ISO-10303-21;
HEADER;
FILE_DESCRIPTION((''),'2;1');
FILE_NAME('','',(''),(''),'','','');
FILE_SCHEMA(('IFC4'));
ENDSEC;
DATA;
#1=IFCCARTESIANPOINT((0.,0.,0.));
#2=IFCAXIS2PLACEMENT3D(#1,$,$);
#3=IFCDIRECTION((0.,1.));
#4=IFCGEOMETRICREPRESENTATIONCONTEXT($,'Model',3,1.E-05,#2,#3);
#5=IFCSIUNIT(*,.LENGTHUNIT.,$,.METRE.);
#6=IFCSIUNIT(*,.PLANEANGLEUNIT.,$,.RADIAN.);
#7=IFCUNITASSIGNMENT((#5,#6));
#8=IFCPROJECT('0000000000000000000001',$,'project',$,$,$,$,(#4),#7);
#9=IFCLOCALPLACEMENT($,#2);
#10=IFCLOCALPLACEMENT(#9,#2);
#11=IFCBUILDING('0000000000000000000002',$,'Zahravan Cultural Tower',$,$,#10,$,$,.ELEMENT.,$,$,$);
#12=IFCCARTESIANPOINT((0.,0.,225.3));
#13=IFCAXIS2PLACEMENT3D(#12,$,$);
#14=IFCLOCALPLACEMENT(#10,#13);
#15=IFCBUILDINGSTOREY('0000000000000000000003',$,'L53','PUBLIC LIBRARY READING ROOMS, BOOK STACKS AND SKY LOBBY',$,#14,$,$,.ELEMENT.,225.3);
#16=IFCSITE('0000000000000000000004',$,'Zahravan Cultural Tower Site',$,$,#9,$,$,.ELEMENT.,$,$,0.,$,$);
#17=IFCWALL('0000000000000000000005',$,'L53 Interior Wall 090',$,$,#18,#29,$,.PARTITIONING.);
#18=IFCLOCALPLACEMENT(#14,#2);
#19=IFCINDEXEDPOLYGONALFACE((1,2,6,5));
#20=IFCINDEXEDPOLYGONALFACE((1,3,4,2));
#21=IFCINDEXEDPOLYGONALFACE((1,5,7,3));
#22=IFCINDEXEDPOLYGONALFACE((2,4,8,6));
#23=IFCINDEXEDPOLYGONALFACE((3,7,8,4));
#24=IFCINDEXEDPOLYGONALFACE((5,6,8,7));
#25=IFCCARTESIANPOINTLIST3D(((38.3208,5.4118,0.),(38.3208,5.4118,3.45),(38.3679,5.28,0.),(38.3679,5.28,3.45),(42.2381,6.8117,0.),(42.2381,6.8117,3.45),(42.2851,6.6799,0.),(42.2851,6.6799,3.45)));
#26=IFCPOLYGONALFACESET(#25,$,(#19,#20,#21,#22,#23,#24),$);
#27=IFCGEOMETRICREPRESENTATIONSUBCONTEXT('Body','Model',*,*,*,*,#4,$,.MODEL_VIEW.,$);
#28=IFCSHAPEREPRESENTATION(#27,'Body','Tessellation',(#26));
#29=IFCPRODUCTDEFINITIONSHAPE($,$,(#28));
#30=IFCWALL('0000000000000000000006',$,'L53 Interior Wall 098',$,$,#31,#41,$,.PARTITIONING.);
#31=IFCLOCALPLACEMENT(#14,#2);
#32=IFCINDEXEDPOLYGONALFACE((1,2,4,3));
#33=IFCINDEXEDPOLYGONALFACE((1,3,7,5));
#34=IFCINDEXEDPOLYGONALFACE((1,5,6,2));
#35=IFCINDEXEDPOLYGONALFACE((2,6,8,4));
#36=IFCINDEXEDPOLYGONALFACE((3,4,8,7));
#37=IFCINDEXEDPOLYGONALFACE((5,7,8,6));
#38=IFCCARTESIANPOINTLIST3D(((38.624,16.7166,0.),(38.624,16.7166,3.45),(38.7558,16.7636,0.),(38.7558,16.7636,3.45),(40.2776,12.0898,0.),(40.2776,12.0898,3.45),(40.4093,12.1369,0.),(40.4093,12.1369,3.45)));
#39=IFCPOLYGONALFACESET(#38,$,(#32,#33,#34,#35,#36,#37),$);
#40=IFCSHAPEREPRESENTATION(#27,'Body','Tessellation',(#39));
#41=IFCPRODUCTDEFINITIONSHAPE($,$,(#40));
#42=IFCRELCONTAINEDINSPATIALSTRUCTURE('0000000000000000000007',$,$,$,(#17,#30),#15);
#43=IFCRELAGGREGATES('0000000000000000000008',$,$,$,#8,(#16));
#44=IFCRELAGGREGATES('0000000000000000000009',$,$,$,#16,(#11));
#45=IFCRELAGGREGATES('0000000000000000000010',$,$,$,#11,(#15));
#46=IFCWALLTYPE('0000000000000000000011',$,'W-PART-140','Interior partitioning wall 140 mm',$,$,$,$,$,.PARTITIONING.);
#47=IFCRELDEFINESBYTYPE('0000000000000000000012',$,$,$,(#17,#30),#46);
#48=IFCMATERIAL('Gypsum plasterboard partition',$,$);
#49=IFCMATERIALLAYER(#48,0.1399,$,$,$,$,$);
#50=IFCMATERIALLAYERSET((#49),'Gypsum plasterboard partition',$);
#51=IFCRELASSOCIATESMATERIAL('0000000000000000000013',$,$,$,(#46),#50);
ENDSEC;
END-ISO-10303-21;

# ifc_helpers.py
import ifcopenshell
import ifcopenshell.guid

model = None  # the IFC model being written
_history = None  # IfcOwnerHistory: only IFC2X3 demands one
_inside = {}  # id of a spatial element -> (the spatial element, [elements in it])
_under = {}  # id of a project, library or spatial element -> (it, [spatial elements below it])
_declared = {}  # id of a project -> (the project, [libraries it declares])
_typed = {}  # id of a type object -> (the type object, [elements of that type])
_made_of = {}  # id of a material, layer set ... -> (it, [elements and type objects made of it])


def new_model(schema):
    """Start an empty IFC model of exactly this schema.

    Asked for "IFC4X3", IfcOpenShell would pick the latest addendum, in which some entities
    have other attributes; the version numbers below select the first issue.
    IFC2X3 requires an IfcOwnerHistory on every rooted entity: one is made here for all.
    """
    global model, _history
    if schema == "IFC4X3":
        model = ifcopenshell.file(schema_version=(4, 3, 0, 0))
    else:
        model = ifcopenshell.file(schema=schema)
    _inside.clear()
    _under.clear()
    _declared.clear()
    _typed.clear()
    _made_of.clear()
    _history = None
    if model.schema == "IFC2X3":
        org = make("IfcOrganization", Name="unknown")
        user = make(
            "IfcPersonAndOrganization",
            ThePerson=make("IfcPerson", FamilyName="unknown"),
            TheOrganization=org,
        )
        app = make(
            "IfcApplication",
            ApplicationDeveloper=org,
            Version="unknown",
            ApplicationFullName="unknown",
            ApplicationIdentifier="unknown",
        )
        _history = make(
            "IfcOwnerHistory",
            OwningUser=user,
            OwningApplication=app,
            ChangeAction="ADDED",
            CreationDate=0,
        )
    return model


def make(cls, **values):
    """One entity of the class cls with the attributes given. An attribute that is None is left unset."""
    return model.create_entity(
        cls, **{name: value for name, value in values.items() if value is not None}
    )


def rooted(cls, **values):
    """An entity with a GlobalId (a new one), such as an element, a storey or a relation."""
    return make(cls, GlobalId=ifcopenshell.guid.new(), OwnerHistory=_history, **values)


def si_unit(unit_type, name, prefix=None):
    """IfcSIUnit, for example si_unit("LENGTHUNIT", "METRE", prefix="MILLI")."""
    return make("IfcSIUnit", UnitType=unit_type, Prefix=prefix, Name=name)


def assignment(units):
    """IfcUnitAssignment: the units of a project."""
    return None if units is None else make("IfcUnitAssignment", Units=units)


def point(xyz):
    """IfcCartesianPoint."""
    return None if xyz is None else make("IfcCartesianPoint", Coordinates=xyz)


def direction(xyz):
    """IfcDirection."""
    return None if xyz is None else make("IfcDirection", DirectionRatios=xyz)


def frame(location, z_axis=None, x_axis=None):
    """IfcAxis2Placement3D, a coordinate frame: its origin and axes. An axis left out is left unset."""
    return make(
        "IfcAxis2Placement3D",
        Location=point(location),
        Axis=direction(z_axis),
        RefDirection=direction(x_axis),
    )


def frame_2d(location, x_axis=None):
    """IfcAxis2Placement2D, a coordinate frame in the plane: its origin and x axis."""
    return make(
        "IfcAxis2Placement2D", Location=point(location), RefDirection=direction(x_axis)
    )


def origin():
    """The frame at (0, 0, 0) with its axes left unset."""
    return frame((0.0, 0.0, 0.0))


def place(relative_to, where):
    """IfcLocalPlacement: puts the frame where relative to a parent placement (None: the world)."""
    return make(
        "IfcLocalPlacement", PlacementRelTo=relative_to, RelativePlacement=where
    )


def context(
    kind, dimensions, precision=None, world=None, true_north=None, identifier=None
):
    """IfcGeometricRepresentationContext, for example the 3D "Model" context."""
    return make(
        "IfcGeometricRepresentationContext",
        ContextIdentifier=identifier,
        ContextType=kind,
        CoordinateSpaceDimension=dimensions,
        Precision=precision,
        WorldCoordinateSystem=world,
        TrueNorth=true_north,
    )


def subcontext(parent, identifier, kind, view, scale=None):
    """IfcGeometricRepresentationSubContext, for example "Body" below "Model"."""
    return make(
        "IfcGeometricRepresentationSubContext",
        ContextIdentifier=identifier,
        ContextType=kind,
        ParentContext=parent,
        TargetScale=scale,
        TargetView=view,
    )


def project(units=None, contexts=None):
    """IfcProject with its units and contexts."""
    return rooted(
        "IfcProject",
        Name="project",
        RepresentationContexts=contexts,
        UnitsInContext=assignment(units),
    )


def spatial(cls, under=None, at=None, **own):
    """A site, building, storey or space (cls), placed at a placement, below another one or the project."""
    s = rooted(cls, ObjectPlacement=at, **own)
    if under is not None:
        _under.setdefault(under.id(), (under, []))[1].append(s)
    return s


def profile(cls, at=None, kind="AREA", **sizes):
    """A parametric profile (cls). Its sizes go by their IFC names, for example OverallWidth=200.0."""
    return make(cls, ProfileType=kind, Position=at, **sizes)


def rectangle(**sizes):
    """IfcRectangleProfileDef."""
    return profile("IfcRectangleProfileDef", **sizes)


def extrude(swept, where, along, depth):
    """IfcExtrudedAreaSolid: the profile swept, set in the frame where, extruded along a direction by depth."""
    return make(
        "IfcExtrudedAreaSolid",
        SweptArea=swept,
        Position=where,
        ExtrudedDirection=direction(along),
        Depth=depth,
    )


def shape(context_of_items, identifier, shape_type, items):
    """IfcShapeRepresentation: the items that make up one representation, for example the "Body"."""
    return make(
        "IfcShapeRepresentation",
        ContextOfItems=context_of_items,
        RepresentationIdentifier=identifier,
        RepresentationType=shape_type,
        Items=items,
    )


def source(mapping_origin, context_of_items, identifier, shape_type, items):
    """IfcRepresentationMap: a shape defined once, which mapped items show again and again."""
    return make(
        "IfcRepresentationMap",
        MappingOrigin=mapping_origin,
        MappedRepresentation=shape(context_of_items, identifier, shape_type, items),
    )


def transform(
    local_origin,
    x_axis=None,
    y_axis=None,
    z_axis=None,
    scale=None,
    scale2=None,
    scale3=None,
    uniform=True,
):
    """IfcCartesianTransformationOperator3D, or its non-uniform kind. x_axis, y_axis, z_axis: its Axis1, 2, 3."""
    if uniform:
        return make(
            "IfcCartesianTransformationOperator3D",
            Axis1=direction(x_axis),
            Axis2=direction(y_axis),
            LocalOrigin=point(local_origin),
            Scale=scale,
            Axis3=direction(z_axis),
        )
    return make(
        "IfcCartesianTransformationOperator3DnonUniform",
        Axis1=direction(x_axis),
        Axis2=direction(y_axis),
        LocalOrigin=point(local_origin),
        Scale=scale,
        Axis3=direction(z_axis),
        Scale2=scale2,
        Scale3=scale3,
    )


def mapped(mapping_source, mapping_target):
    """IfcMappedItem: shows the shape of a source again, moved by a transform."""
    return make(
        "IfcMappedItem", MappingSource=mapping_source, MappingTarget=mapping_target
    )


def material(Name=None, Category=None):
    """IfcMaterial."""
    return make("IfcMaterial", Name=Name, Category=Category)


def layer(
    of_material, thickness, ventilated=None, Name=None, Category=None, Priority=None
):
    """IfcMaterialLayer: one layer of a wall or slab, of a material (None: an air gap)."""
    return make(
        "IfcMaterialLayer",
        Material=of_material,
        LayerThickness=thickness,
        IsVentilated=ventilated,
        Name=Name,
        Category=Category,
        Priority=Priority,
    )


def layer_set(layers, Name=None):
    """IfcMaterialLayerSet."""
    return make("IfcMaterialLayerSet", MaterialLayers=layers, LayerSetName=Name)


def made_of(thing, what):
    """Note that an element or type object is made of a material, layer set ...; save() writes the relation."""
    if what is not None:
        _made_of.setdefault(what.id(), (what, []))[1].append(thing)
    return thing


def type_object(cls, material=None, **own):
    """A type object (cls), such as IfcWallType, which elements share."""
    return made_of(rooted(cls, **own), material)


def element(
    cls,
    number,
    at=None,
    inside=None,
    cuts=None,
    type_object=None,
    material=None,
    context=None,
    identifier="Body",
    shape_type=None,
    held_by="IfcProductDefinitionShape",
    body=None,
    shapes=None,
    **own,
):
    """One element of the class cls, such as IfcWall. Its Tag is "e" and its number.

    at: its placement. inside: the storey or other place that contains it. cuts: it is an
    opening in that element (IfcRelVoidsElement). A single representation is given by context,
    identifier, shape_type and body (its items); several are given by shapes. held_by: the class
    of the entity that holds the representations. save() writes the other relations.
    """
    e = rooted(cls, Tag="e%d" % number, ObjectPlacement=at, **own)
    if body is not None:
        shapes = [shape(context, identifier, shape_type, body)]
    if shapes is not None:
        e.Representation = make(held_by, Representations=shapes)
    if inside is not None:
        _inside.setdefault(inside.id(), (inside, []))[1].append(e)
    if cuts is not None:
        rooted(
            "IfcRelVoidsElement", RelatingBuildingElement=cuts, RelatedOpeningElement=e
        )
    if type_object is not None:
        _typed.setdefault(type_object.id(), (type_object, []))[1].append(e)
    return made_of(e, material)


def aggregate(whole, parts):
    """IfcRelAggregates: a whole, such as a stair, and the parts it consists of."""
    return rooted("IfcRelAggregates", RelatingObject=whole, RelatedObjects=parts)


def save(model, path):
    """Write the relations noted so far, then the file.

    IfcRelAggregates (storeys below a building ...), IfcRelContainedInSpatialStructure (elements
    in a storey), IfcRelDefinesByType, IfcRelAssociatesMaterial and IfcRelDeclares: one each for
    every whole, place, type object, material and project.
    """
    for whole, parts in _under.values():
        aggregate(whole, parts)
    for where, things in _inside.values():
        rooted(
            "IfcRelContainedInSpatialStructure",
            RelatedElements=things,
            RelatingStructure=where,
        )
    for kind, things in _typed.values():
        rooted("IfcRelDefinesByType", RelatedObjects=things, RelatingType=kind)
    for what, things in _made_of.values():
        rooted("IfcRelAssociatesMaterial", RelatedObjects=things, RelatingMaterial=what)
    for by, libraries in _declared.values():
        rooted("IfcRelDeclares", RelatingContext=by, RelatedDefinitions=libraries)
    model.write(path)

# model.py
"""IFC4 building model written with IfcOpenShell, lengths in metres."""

from ifc_helpers import new_model, si_unit, direction, frame, frame_2d, origin, place, context, subcontext, project, spatial, rectangle, extrude, source, transform, mapped, material, layer, layer_set, type_object, element, save


model = new_model("IFC4")

# Units and contexts
model_context = context("Model", 3, precision=1e-05, world=origin(), true_north=direction((0.0, 1.0)))
body_context = subcontext(model_context, "Body", "Model", "MODEL_VIEW")
ifc_project = project(units=[si_unit("LENGTHUNIT", "METRE"), si_unit("PLANEANGLEUNIT", "RADIAN")], contexts=[model_context])

# Site, building, storey
site_placement = place(None, origin())
site = spatial("IfcSite", under=ifc_project, at=site_placement, Name="Zahravan Cultural Tower Site", CompositionType="ELEMENT", RefElevation=0.0)
building_placement = place(site_placement, origin())
building = spatial("IfcBuilding", under=site, at=building_placement, Name="Zahravan Cultural Tower", CompositionType="ELEMENT")
storey_placement = place(building_placement, frame((0.0, 0.0, 225.3)))
storey = spatial("IfcBuildingStorey", under=building, at=storey_placement, Name="L53", Description="PUBLIC LIBRARY READING ROOMS, BOOK STACKS AND SKY LOBBY", CompositionType="ELEMENT", Elevation=225.3)

# Shared definitions
ifc_material_1 = material(Name="Gypsum plasterboard partition")
ifc_layer_1 = layer(ifc_material_1, 0.1399)
ifc_layer_set_1 = layer_set([ifc_layer_1], Name="Gypsum plasterboard partition")
wall_type_1 = type_object("IfcWallType", Name="W-PART-140", Description="Interior partitioning wall 140 mm", PredefinedType="PARTITIONING", material=ifc_layer_set_1)

# Walls
shared_shape_1 = source(origin(), body_context, "Body", "SweptSolid", [
    extrude(rectangle(XDim=4.1599, YDim=0.1399, at=frame_2d((2.0801, 0.0))), origin(), (0.0, 0.0, 1.0), 3.45),
])
wall_1_placement = place(storey_placement, frame((42.2617, 6.7458, 0.0), z_axis=(0.0, 0.0, 1.0), x_axis=(-0.941674, -0.336526, 0.0)))
element("IfcWall", 1, at=wall_1_placement, inside=storey, type_object=wall_type_1, Name="L53 Interior Wall 090", PredefinedType="PARTITIONING", context=body_context, shape_type="MappedRepresentation", body=[
    mapped(shared_shape_1, transform((0.0, 0.0, 0.0), x_axis=(1.0, 0.0, 0.0), y_axis=(0.0, 1.0, 0.0), z_axis=(0.0, 0.0, 1.0), scale=1.0)),
])
shared_shape_2 = source(origin(), body_context, "Body", "SweptSolid", [
    extrude(rectangle(XDim=4.9133, YDim=0.1399, at=frame_2d((2.4565, 0.0))), origin(), (0.0, 0.0, 1.0), 3.45),
])
wall_2_placement = place(storey_placement, frame((38.6899, 16.74, 0.0), z_axis=(0.0, 0.0, 1.0), x_axis=(0.336547, -0.941667, 0.0)))
element("IfcWall", 2, at=wall_2_placement, inside=storey, type_object=wall_type_1, Name="L53 Interior Wall 098", PredefinedType="PARTITIONING", context=body_context, shape_type="MappedRepresentation", body=[
    mapped(shared_shape_2, transform((0.0, 0.0, 0.0), x_axis=(1.0, 0.0, 0.0), y_axis=(0.0, 1.0, 0.0), z_axis=(0.0, 0.0, 1.0), scale=1.0)),
])

save(model, "model.ifc")
